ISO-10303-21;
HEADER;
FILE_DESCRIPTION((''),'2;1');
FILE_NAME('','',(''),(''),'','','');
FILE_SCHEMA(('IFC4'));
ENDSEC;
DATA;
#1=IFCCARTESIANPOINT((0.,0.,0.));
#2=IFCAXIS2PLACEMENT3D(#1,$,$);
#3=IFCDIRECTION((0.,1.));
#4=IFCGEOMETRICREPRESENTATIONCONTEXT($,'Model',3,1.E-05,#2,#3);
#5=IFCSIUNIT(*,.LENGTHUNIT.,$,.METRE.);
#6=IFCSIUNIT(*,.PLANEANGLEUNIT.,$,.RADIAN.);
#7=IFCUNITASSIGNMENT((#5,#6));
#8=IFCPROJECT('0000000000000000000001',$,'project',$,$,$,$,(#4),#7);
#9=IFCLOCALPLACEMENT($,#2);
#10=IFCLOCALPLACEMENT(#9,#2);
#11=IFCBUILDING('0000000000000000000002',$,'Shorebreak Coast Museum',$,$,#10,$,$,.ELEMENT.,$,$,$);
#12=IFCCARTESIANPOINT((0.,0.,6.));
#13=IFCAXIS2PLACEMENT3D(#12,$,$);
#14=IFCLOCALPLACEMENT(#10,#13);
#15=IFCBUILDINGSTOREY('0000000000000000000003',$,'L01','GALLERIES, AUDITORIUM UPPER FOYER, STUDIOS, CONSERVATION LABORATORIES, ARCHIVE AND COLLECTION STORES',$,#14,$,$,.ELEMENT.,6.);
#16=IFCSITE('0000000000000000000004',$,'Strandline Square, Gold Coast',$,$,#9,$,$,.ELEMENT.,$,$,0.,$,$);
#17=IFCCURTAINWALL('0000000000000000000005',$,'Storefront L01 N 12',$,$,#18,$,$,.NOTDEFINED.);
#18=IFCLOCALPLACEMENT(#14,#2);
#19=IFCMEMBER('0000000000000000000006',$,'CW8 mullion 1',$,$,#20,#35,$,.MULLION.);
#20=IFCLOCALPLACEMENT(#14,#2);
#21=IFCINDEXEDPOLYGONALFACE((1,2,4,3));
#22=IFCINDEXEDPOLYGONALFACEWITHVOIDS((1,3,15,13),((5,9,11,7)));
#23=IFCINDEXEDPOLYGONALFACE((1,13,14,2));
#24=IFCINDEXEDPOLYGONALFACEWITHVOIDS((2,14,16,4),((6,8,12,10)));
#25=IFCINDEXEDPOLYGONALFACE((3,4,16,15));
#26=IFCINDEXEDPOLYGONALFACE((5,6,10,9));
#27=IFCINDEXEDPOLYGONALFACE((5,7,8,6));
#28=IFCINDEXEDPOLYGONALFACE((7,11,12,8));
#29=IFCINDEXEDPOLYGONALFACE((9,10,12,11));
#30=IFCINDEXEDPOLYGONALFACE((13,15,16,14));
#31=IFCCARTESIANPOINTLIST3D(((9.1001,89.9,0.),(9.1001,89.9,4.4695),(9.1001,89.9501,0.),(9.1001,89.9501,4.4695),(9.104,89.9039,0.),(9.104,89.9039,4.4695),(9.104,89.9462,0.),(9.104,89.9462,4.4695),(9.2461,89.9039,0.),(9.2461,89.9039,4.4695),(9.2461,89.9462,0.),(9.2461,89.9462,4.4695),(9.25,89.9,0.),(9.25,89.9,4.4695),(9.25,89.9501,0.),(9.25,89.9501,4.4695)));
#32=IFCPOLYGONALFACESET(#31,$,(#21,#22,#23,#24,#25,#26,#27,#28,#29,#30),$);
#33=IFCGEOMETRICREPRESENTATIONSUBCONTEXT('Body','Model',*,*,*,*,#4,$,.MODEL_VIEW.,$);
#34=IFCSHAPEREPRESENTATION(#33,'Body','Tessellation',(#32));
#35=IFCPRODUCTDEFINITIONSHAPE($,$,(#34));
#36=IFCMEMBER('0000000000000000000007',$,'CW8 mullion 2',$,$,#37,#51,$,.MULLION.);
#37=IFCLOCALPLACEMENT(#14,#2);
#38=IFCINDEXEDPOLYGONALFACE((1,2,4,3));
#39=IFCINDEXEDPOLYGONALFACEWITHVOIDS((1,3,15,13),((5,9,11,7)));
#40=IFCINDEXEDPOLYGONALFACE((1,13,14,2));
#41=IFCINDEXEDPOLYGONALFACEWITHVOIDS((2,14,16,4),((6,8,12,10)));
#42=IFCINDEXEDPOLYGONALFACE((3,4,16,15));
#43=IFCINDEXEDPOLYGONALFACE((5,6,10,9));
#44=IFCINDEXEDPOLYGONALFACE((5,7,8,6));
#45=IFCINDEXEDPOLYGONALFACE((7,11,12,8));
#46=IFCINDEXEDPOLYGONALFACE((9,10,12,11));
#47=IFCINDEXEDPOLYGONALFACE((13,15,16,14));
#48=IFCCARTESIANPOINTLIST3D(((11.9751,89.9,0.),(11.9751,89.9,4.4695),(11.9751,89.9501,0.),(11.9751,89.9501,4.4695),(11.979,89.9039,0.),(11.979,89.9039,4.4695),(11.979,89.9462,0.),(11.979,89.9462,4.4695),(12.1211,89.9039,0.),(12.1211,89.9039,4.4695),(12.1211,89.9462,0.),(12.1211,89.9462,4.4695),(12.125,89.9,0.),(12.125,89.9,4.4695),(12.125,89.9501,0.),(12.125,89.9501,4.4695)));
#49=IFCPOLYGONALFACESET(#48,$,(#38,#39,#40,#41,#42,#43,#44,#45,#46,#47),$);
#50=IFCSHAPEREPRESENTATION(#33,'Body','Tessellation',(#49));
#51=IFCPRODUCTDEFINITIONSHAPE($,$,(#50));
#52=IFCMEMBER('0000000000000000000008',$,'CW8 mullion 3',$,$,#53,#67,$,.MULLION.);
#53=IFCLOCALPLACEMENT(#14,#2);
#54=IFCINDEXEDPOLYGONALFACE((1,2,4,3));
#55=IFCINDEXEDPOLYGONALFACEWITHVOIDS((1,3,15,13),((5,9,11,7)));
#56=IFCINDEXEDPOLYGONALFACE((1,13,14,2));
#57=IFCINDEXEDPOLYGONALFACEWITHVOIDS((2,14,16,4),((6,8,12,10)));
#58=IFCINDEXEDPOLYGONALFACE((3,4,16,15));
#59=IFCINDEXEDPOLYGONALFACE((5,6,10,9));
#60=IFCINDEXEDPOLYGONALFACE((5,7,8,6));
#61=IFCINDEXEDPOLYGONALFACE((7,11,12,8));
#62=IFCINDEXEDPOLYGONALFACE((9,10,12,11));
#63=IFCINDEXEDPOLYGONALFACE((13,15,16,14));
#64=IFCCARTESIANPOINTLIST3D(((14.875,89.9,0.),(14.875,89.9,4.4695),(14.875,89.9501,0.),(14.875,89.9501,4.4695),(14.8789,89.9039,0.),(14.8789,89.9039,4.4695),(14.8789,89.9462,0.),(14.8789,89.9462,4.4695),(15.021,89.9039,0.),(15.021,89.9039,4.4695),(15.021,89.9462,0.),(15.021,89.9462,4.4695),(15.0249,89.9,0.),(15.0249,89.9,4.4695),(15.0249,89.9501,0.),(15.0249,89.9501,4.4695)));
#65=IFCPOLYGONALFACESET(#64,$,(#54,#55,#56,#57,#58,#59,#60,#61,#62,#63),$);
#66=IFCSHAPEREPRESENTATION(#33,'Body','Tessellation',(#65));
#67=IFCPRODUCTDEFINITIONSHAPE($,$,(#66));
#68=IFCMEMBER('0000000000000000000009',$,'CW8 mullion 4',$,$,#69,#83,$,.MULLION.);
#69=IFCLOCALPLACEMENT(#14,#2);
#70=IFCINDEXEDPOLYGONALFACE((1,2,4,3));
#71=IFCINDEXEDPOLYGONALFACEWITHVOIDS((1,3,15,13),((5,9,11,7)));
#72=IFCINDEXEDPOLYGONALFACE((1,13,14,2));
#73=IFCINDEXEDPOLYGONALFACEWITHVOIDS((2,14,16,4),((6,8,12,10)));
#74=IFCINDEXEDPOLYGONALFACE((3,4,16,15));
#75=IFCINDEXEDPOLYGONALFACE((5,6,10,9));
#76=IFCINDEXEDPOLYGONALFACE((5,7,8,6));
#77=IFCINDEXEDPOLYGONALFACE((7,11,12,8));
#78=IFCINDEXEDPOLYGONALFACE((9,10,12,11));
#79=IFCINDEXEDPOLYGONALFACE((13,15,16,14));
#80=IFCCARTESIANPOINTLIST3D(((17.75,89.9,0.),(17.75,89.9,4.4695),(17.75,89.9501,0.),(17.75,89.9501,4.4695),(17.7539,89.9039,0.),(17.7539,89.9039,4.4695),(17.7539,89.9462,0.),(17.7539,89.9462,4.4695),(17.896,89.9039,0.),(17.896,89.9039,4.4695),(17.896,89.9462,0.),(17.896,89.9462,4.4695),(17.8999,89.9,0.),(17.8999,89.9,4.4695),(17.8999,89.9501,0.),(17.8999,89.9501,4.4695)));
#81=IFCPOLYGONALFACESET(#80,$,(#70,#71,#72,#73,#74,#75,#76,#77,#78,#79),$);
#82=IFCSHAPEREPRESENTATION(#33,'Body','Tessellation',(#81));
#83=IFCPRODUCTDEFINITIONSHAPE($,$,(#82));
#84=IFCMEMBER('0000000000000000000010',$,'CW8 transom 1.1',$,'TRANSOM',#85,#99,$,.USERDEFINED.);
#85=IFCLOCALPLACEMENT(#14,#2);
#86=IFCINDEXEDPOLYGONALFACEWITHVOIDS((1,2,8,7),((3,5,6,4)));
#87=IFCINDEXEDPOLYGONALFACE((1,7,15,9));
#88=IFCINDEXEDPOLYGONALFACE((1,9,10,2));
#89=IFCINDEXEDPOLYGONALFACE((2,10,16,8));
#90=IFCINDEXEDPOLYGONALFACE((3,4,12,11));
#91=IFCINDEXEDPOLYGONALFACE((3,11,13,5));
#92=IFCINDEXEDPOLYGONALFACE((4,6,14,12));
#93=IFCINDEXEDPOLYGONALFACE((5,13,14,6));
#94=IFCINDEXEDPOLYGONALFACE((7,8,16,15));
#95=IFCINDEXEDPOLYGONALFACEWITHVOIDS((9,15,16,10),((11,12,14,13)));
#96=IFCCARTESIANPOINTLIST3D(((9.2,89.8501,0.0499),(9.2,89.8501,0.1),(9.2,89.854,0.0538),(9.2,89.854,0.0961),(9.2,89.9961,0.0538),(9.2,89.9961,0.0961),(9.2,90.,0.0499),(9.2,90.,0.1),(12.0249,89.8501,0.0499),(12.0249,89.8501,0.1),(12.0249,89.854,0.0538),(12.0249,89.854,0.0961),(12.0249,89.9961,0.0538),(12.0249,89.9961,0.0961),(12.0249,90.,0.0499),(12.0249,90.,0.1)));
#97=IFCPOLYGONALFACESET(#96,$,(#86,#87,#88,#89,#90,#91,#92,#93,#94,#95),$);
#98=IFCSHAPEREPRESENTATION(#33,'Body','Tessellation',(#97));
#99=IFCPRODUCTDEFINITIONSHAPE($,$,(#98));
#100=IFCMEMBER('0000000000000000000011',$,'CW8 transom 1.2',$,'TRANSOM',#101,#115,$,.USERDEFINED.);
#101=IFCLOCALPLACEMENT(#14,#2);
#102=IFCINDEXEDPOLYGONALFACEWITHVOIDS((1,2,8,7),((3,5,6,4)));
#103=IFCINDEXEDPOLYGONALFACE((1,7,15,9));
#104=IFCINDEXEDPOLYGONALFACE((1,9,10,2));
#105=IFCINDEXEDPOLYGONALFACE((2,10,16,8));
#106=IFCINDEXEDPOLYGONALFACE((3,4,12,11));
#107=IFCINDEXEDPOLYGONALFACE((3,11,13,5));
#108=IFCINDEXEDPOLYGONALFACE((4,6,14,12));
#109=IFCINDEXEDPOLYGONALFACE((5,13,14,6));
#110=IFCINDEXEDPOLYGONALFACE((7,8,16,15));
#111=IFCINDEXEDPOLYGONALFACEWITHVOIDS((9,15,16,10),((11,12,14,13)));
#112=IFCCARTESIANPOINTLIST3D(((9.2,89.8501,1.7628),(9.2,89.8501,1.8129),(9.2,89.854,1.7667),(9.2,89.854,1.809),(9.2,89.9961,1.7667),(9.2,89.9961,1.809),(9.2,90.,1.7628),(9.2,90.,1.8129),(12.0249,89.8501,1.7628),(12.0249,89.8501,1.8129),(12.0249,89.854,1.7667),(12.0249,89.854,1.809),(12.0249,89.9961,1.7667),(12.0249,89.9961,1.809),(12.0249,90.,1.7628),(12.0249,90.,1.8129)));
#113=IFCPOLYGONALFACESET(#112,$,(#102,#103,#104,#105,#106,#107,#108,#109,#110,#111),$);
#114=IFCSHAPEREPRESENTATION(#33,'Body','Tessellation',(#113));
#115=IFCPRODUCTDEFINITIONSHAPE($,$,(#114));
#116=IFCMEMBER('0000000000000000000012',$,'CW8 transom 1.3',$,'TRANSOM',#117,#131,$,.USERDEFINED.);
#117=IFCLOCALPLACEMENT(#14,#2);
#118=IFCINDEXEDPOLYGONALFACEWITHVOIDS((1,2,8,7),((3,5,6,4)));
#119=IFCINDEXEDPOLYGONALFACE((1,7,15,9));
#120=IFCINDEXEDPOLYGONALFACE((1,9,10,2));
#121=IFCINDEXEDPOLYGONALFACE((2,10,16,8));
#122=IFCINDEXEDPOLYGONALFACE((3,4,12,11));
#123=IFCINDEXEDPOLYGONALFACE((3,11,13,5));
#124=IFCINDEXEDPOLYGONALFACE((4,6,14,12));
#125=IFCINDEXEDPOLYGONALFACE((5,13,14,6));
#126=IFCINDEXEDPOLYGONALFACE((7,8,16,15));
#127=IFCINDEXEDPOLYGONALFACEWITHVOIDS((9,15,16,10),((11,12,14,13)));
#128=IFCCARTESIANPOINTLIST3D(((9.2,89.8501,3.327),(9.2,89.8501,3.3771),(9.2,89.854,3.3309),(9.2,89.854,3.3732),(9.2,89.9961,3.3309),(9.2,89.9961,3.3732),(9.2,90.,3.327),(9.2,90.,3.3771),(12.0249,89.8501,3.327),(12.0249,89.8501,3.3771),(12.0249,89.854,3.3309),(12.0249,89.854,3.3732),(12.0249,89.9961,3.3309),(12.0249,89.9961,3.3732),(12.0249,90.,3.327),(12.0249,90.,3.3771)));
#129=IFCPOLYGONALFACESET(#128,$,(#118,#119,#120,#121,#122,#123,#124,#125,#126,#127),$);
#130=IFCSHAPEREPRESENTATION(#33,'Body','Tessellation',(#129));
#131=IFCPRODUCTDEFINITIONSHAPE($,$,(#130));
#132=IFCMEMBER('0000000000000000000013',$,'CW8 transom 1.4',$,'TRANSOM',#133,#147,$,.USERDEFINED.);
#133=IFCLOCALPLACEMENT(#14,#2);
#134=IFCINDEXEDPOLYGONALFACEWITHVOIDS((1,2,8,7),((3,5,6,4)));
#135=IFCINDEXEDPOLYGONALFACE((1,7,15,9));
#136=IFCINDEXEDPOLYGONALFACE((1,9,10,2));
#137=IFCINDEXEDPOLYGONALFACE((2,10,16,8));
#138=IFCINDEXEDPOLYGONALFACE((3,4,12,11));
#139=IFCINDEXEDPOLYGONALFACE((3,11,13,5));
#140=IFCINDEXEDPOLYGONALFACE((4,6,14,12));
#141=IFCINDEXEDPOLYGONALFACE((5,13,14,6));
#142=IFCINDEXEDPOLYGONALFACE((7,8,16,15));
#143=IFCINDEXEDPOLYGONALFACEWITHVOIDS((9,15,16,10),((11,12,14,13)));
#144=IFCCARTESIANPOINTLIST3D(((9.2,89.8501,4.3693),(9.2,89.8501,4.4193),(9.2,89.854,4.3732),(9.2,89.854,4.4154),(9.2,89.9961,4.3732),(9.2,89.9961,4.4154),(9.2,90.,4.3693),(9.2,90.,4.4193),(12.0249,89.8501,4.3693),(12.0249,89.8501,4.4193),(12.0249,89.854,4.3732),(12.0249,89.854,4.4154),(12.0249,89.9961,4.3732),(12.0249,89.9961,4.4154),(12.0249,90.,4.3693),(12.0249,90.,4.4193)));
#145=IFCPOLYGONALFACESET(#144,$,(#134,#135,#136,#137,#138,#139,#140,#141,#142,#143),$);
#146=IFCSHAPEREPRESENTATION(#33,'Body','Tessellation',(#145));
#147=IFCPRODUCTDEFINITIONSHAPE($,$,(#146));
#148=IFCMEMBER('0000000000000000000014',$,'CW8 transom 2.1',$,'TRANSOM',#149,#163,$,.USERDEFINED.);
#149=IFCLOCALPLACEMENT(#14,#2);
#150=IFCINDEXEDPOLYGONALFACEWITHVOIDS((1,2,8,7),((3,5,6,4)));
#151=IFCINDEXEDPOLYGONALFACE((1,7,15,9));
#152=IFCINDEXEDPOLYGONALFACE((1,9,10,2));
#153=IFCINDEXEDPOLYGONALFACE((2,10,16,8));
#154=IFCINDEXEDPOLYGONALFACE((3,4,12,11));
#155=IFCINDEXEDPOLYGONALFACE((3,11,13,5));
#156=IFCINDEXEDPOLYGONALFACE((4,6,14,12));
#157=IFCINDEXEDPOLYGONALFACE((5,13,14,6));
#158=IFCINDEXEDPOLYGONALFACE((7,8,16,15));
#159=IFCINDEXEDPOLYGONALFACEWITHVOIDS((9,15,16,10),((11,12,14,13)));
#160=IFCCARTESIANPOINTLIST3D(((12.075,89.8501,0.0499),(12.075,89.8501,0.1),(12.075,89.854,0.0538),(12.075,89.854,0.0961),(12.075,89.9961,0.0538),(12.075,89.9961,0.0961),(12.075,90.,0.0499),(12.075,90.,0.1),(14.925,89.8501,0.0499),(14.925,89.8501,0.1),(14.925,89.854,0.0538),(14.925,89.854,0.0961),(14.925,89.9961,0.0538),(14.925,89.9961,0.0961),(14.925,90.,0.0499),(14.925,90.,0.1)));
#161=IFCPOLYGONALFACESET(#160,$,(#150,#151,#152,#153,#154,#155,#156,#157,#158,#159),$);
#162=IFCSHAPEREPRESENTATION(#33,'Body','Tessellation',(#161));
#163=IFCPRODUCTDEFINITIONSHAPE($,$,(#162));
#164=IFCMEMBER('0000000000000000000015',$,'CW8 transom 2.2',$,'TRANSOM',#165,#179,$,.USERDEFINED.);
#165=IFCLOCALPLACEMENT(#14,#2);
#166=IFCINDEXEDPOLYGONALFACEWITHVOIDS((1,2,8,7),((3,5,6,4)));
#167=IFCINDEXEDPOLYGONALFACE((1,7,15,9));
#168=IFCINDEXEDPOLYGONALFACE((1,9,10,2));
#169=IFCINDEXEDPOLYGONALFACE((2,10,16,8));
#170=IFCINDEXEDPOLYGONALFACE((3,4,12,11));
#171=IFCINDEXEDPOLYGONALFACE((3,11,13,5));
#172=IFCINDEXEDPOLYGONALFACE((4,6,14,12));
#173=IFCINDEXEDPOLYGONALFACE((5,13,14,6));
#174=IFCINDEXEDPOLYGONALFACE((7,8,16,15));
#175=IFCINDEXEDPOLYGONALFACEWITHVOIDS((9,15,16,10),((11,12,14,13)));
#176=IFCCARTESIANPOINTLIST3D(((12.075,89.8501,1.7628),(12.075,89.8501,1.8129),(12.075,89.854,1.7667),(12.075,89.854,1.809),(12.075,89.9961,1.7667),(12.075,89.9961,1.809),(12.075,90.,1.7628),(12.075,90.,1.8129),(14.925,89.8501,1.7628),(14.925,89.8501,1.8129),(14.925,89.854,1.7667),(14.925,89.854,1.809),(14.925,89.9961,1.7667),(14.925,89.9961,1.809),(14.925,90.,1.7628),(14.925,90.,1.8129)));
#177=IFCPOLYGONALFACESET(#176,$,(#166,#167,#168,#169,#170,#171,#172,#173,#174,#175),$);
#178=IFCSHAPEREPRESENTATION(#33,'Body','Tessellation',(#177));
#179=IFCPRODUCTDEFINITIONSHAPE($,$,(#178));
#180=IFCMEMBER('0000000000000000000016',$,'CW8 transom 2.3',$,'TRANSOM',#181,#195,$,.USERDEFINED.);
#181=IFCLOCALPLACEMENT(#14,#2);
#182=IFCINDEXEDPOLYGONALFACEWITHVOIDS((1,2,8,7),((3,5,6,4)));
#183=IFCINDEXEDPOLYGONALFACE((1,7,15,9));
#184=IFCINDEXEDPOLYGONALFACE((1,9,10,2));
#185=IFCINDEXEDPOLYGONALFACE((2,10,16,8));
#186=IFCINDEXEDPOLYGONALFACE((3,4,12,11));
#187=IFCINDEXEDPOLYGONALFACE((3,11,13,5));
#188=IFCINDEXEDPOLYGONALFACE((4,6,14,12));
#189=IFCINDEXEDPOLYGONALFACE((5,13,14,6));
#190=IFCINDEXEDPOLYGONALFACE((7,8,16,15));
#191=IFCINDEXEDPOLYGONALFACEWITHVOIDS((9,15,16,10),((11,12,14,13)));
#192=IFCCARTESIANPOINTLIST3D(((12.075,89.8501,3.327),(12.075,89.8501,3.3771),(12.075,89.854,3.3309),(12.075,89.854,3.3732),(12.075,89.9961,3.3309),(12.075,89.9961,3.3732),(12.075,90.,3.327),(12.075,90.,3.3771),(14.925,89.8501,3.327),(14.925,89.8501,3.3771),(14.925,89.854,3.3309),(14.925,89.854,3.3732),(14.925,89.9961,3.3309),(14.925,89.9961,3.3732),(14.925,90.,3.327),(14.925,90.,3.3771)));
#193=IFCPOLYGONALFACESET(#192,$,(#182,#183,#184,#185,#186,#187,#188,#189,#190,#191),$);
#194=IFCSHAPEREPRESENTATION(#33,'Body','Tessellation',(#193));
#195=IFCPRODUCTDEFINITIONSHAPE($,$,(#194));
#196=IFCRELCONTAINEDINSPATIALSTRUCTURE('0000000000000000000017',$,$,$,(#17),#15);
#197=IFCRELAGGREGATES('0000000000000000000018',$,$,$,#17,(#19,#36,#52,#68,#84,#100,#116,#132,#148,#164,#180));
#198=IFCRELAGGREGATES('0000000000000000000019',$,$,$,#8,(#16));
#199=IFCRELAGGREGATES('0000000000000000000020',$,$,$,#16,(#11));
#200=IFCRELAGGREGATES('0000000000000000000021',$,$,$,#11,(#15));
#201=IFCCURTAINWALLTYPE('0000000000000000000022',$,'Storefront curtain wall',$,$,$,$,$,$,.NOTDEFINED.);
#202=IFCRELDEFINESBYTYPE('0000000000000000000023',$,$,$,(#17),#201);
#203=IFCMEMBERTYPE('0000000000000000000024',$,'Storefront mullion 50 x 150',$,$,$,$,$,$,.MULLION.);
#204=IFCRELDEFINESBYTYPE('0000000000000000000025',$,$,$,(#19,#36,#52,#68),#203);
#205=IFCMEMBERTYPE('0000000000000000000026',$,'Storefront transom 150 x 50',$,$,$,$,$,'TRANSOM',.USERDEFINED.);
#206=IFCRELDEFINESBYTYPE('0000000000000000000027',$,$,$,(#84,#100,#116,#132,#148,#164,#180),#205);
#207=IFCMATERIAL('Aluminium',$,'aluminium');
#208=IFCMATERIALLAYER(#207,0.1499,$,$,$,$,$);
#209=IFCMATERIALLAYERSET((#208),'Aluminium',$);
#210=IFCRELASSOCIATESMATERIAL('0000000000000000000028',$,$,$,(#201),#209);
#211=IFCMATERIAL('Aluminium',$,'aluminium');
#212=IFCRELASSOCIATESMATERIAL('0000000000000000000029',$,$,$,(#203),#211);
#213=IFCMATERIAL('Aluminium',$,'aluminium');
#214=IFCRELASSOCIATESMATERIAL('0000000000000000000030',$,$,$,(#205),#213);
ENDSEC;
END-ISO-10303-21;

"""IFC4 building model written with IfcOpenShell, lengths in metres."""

from ifc_helpers import new_model, si_unit, direction, frame, origin, origin_2d, place, context, subcontext, project, spatial, hollow_rectangle, extrude, material, layer, layer_set, material_profile, profile_set, type_object, element, aggregate, save


model = new_model("IFC4")

# Units and contexts
model_context = context("Model", 3, precision=1e-05, world=origin(), true_north=direction((0.0, 1.0)))
body_context = subcontext(model_context, "Body", "Model", "MODEL_VIEW")
ifc_project = project(units=[si_unit("LENGTHUNIT", "METRE"), si_unit("PLANEANGLEUNIT", "RADIAN")], contexts=[model_context])

# Site, building, storey
site_placement = place(None, origin())
site = spatial("IfcSite", under=ifc_project, at=site_placement, Name="Strandline Square, Gold Coast", CompositionType="ELEMENT", RefElevation=0.0)
building_placement = place(site_placement, origin())
building = spatial("IfcBuilding", under=site, at=building_placement, Name="Shorebreak Coast Museum", CompositionType="ELEMENT")
storey_placement = place(building_placement, frame((0.0, 0.0, 6.0)))
storey = spatial("IfcBuildingStorey", under=building, at=storey_placement, Name="L01", Description="GALLERIES, AUDITORIUM UPPER FOYER, STUDIOS, CONSERVATION LABORATORIES, ARCHIVE AND COLLECTION STORES", CompositionType="ELEMENT", Elevation=6.0)

# Curtain wall, members
ifc_material_1 = material(Name="Aluminium", Category="aluminium")
ifc_layer_1 = layer(ifc_material_1, 0.1499)
ifc_layer_set_1 = layer_set([ifc_layer_1], Name="Aluminium")
curtain_wall_type = type_object("IfcCurtainWallType", Name="Storefront curtain wall", PredefinedType="NOTDEFINED", material=ifc_layer_set_1)
curtain_wall_placement = place(storey_placement, origin())
curtain_wall = element("IfcCurtainWall", 1, at=curtain_wall_placement, inside=storey, type_object=curtain_wall_type, Name="Storefront L01 N 12", PredefinedType="NOTDEFINED")
ifc_material_2 = material(Name="Aluminium", Category="aluminium")
ifc_material_profile_1 = material_profile(ifc_material_2, hollow_rectangle(XDim=0.05, YDim=0.1499, WallThickness=0.0039, at=origin_2d()), Name="AL 150x50 RHS")
ifc_profile_set_1 = profile_set([ifc_material_profile_1], Name="Aluminium")
member_type_1 = type_object("IfcMemberType", Name="Storefront mullion 50 x 150", PredefinedType="MULLION", material=ifc_profile_set_1)
member_1_placement = place(storey_placement, frame((9.175, 89.925, 0.0), z_axis=(0.0, 0.0, 1.0), x_axis=(0.0, 1.0, 0.0)))
member_1 = element("IfcMember", 2, at=member_1_placement, type_object=member_type_1, Name="CW8 mullion 1", PredefinedType="MULLION", context=body_context, shape_type="SweptSolid", body=[
    extrude(hollow_rectangle(XDim=0.05, YDim=0.1499, WallThickness=0.0039, at=origin_2d()), origin(), (0.0, 0.0, 1.0), 4.4695),
])
member_2_placement = place(storey_placement, frame((12.05, 89.925, 0.0), z_axis=(0.0, 0.0, 1.0), x_axis=(0.0, 1.0, 0.0)))
member_2 = element("IfcMember", 3, at=member_2_placement, type_object=member_type_1, Name="CW8 mullion 2", PredefinedType="MULLION", context=body_context, shape_type="SweptSolid", body=[
    extrude(hollow_rectangle(XDim=0.05, YDim=0.1499, WallThickness=0.0039, at=origin_2d()), origin(), (0.0, 0.0, 1.0), 4.4695),
])
member_3_placement = place(storey_placement, frame((14.95, 89.925, 0.0), z_axis=(0.0, 0.0, 1.0), x_axis=(0.0, 1.0, 0.0)))
member_3 = element("IfcMember", 4, at=member_3_placement, type_object=member_type_1, Name="CW8 mullion 3", PredefinedType="MULLION", context=body_context, shape_type="SweptSolid", body=[
    extrude(hollow_rectangle(XDim=0.05, YDim=0.1499, WallThickness=0.0039, at=origin_2d()), origin(), (0.0, 0.0, 1.0), 4.4695),
])
member_4_placement = place(storey_placement, frame((17.825, 89.925, 0.0), z_axis=(0.0, 0.0, 1.0), x_axis=(0.0, 1.0, 0.0)))
member_4 = element("IfcMember", 5, at=member_4_placement, type_object=member_type_1, Name="CW8 mullion 4", PredefinedType="MULLION", context=body_context, shape_type="SweptSolid", body=[
    extrude(hollow_rectangle(XDim=0.05, YDim=0.1499, WallThickness=0.0039, at=origin_2d()), origin(), (0.0, 0.0, 1.0), 4.4695),
])
ifc_material_3 = material(Name="Aluminium", Category="aluminium")
ifc_material_profile_2 = material_profile(ifc_material_3, hollow_rectangle(XDim=0.1499, YDim=0.05, WallThickness=0.0039, at=origin_2d()), Name="AL 50x150 RHS")
ifc_profile_set_2 = profile_set([ifc_material_profile_2], Name="Aluminium")
member_type_2 = type_object("IfcMemberType", Name="Storefront transom 150 x 50", ElementType="TRANSOM", PredefinedType="USERDEFINED", material=ifc_profile_set_2)
member_5_placement = place(storey_placement, frame((9.2, 89.925, 0.075), z_axis=(1.0, 0.0, 0.0), x_axis=(0.0, 1.0, 0.0)))
member_5 = element("IfcMember", 6, at=member_5_placement, type_object=member_type_2, Name="CW8 transom 1.1", ObjectType="TRANSOM", PredefinedType="USERDEFINED", context=body_context, shape_type="SweptSolid", body=[
    extrude(hollow_rectangle(XDim=0.1499, YDim=0.05, WallThickness=0.0039, at=origin_2d()), origin(), (0.0, 0.0, 1.0), 2.825),
])
member_6_placement = place(storey_placement, frame((9.2, 89.925, 1.7878), z_axis=(1.0, 0.0, 0.0), x_axis=(0.0, 1.0, 0.0)))
member_6 = element("IfcMember", 7, at=member_6_placement, type_object=member_type_2, Name="CW8 transom 1.2", ObjectType="TRANSOM", PredefinedType="USERDEFINED", context=body_context, shape_type="SweptSolid", body=[
    extrude(hollow_rectangle(XDim=0.1499, YDim=0.05, WallThickness=0.0039, at=origin_2d()), origin(), (0.0, 0.0, 1.0), 2.825),
])
member_7_placement = place(storey_placement, frame((9.2, 89.925, 3.3521), z_axis=(1.0, 0.0, 0.0), x_axis=(0.0, 1.0, 0.0)))
member_7 = element("IfcMember", 8, at=member_7_placement, type_object=member_type_2, Name="CW8 transom 1.3", ObjectType="TRANSOM", PredefinedType="USERDEFINED", context=body_context, shape_type="SweptSolid", body=[
    extrude(hollow_rectangle(XDim=0.1499, YDim=0.05, WallThickness=0.0039, at=origin_2d()), origin(), (0.0, 0.0, 1.0), 2.825),
])
member_8_placement = place(storey_placement, frame((9.2, 89.925, 4.3943), z_axis=(1.0, 0.0, 0.0), x_axis=(0.0, 1.0, 0.0)))
member_8 = element("IfcMember", 9, at=member_8_placement, type_object=member_type_2, Name="CW8 transom 1.4", ObjectType="TRANSOM", PredefinedType="USERDEFINED", context=body_context, shape_type="SweptSolid", body=[
    extrude(hollow_rectangle(XDim=0.1499, YDim=0.05, WallThickness=0.0039, at=origin_2d()), origin(), (0.0, 0.0, 1.0), 2.825),
])
member_9_placement = place(storey_placement, frame((12.075, 89.925, 0.075), z_axis=(1.0, 0.0, 0.0), x_axis=(0.0, 1.0, 0.0)))
member_9 = element("IfcMember", 10, at=member_9_placement, type_object=member_type_2, Name="CW8 transom 2.1", ObjectType="TRANSOM", PredefinedType="USERDEFINED", context=body_context, shape_type="SweptSolid", body=[
    extrude(hollow_rectangle(XDim=0.1499, YDim=0.05, WallThickness=0.0039, at=origin_2d()), origin(), (0.0, 0.0, 1.0), 2.8501),
])
member_10_placement = place(storey_placement, frame((12.075, 89.925, 1.7878), z_axis=(1.0, 0.0, 0.0), x_axis=(0.0, 1.0, 0.0)))
member_10 = element("IfcMember", 11, at=member_10_placement, type_object=member_type_2, Name="CW8 transom 2.2", ObjectType="TRANSOM", PredefinedType="USERDEFINED", context=body_context, shape_type="SweptSolid", body=[
    extrude(hollow_rectangle(XDim=0.1499, YDim=0.05, WallThickness=0.0039, at=origin_2d()), origin(), (0.0, 0.0, 1.0), 2.8501),
])
member_11_placement = place(storey_placement, frame((12.075, 89.925, 3.3521), z_axis=(1.0, 0.0, 0.0), x_axis=(0.0, 1.0, 0.0)))
member_11 = element("IfcMember", 12, at=member_11_placement, type_object=member_type_2, Name="CW8 transom 2.3", ObjectType="TRANSOM", PredefinedType="USERDEFINED", context=body_context, shape_type="SweptSolid", body=[
    extrude(hollow_rectangle(XDim=0.1499, YDim=0.05, WallThickness=0.0039, at=origin_2d()), origin(), (0.0, 0.0, 1.0), 2.8501),
])
aggregate(curtain_wall, [member_1, member_2, member_3, member_4, member_5, member_6, member_7, member_8, member_9, member_10, member_11])

save(model, "model.ifc")
